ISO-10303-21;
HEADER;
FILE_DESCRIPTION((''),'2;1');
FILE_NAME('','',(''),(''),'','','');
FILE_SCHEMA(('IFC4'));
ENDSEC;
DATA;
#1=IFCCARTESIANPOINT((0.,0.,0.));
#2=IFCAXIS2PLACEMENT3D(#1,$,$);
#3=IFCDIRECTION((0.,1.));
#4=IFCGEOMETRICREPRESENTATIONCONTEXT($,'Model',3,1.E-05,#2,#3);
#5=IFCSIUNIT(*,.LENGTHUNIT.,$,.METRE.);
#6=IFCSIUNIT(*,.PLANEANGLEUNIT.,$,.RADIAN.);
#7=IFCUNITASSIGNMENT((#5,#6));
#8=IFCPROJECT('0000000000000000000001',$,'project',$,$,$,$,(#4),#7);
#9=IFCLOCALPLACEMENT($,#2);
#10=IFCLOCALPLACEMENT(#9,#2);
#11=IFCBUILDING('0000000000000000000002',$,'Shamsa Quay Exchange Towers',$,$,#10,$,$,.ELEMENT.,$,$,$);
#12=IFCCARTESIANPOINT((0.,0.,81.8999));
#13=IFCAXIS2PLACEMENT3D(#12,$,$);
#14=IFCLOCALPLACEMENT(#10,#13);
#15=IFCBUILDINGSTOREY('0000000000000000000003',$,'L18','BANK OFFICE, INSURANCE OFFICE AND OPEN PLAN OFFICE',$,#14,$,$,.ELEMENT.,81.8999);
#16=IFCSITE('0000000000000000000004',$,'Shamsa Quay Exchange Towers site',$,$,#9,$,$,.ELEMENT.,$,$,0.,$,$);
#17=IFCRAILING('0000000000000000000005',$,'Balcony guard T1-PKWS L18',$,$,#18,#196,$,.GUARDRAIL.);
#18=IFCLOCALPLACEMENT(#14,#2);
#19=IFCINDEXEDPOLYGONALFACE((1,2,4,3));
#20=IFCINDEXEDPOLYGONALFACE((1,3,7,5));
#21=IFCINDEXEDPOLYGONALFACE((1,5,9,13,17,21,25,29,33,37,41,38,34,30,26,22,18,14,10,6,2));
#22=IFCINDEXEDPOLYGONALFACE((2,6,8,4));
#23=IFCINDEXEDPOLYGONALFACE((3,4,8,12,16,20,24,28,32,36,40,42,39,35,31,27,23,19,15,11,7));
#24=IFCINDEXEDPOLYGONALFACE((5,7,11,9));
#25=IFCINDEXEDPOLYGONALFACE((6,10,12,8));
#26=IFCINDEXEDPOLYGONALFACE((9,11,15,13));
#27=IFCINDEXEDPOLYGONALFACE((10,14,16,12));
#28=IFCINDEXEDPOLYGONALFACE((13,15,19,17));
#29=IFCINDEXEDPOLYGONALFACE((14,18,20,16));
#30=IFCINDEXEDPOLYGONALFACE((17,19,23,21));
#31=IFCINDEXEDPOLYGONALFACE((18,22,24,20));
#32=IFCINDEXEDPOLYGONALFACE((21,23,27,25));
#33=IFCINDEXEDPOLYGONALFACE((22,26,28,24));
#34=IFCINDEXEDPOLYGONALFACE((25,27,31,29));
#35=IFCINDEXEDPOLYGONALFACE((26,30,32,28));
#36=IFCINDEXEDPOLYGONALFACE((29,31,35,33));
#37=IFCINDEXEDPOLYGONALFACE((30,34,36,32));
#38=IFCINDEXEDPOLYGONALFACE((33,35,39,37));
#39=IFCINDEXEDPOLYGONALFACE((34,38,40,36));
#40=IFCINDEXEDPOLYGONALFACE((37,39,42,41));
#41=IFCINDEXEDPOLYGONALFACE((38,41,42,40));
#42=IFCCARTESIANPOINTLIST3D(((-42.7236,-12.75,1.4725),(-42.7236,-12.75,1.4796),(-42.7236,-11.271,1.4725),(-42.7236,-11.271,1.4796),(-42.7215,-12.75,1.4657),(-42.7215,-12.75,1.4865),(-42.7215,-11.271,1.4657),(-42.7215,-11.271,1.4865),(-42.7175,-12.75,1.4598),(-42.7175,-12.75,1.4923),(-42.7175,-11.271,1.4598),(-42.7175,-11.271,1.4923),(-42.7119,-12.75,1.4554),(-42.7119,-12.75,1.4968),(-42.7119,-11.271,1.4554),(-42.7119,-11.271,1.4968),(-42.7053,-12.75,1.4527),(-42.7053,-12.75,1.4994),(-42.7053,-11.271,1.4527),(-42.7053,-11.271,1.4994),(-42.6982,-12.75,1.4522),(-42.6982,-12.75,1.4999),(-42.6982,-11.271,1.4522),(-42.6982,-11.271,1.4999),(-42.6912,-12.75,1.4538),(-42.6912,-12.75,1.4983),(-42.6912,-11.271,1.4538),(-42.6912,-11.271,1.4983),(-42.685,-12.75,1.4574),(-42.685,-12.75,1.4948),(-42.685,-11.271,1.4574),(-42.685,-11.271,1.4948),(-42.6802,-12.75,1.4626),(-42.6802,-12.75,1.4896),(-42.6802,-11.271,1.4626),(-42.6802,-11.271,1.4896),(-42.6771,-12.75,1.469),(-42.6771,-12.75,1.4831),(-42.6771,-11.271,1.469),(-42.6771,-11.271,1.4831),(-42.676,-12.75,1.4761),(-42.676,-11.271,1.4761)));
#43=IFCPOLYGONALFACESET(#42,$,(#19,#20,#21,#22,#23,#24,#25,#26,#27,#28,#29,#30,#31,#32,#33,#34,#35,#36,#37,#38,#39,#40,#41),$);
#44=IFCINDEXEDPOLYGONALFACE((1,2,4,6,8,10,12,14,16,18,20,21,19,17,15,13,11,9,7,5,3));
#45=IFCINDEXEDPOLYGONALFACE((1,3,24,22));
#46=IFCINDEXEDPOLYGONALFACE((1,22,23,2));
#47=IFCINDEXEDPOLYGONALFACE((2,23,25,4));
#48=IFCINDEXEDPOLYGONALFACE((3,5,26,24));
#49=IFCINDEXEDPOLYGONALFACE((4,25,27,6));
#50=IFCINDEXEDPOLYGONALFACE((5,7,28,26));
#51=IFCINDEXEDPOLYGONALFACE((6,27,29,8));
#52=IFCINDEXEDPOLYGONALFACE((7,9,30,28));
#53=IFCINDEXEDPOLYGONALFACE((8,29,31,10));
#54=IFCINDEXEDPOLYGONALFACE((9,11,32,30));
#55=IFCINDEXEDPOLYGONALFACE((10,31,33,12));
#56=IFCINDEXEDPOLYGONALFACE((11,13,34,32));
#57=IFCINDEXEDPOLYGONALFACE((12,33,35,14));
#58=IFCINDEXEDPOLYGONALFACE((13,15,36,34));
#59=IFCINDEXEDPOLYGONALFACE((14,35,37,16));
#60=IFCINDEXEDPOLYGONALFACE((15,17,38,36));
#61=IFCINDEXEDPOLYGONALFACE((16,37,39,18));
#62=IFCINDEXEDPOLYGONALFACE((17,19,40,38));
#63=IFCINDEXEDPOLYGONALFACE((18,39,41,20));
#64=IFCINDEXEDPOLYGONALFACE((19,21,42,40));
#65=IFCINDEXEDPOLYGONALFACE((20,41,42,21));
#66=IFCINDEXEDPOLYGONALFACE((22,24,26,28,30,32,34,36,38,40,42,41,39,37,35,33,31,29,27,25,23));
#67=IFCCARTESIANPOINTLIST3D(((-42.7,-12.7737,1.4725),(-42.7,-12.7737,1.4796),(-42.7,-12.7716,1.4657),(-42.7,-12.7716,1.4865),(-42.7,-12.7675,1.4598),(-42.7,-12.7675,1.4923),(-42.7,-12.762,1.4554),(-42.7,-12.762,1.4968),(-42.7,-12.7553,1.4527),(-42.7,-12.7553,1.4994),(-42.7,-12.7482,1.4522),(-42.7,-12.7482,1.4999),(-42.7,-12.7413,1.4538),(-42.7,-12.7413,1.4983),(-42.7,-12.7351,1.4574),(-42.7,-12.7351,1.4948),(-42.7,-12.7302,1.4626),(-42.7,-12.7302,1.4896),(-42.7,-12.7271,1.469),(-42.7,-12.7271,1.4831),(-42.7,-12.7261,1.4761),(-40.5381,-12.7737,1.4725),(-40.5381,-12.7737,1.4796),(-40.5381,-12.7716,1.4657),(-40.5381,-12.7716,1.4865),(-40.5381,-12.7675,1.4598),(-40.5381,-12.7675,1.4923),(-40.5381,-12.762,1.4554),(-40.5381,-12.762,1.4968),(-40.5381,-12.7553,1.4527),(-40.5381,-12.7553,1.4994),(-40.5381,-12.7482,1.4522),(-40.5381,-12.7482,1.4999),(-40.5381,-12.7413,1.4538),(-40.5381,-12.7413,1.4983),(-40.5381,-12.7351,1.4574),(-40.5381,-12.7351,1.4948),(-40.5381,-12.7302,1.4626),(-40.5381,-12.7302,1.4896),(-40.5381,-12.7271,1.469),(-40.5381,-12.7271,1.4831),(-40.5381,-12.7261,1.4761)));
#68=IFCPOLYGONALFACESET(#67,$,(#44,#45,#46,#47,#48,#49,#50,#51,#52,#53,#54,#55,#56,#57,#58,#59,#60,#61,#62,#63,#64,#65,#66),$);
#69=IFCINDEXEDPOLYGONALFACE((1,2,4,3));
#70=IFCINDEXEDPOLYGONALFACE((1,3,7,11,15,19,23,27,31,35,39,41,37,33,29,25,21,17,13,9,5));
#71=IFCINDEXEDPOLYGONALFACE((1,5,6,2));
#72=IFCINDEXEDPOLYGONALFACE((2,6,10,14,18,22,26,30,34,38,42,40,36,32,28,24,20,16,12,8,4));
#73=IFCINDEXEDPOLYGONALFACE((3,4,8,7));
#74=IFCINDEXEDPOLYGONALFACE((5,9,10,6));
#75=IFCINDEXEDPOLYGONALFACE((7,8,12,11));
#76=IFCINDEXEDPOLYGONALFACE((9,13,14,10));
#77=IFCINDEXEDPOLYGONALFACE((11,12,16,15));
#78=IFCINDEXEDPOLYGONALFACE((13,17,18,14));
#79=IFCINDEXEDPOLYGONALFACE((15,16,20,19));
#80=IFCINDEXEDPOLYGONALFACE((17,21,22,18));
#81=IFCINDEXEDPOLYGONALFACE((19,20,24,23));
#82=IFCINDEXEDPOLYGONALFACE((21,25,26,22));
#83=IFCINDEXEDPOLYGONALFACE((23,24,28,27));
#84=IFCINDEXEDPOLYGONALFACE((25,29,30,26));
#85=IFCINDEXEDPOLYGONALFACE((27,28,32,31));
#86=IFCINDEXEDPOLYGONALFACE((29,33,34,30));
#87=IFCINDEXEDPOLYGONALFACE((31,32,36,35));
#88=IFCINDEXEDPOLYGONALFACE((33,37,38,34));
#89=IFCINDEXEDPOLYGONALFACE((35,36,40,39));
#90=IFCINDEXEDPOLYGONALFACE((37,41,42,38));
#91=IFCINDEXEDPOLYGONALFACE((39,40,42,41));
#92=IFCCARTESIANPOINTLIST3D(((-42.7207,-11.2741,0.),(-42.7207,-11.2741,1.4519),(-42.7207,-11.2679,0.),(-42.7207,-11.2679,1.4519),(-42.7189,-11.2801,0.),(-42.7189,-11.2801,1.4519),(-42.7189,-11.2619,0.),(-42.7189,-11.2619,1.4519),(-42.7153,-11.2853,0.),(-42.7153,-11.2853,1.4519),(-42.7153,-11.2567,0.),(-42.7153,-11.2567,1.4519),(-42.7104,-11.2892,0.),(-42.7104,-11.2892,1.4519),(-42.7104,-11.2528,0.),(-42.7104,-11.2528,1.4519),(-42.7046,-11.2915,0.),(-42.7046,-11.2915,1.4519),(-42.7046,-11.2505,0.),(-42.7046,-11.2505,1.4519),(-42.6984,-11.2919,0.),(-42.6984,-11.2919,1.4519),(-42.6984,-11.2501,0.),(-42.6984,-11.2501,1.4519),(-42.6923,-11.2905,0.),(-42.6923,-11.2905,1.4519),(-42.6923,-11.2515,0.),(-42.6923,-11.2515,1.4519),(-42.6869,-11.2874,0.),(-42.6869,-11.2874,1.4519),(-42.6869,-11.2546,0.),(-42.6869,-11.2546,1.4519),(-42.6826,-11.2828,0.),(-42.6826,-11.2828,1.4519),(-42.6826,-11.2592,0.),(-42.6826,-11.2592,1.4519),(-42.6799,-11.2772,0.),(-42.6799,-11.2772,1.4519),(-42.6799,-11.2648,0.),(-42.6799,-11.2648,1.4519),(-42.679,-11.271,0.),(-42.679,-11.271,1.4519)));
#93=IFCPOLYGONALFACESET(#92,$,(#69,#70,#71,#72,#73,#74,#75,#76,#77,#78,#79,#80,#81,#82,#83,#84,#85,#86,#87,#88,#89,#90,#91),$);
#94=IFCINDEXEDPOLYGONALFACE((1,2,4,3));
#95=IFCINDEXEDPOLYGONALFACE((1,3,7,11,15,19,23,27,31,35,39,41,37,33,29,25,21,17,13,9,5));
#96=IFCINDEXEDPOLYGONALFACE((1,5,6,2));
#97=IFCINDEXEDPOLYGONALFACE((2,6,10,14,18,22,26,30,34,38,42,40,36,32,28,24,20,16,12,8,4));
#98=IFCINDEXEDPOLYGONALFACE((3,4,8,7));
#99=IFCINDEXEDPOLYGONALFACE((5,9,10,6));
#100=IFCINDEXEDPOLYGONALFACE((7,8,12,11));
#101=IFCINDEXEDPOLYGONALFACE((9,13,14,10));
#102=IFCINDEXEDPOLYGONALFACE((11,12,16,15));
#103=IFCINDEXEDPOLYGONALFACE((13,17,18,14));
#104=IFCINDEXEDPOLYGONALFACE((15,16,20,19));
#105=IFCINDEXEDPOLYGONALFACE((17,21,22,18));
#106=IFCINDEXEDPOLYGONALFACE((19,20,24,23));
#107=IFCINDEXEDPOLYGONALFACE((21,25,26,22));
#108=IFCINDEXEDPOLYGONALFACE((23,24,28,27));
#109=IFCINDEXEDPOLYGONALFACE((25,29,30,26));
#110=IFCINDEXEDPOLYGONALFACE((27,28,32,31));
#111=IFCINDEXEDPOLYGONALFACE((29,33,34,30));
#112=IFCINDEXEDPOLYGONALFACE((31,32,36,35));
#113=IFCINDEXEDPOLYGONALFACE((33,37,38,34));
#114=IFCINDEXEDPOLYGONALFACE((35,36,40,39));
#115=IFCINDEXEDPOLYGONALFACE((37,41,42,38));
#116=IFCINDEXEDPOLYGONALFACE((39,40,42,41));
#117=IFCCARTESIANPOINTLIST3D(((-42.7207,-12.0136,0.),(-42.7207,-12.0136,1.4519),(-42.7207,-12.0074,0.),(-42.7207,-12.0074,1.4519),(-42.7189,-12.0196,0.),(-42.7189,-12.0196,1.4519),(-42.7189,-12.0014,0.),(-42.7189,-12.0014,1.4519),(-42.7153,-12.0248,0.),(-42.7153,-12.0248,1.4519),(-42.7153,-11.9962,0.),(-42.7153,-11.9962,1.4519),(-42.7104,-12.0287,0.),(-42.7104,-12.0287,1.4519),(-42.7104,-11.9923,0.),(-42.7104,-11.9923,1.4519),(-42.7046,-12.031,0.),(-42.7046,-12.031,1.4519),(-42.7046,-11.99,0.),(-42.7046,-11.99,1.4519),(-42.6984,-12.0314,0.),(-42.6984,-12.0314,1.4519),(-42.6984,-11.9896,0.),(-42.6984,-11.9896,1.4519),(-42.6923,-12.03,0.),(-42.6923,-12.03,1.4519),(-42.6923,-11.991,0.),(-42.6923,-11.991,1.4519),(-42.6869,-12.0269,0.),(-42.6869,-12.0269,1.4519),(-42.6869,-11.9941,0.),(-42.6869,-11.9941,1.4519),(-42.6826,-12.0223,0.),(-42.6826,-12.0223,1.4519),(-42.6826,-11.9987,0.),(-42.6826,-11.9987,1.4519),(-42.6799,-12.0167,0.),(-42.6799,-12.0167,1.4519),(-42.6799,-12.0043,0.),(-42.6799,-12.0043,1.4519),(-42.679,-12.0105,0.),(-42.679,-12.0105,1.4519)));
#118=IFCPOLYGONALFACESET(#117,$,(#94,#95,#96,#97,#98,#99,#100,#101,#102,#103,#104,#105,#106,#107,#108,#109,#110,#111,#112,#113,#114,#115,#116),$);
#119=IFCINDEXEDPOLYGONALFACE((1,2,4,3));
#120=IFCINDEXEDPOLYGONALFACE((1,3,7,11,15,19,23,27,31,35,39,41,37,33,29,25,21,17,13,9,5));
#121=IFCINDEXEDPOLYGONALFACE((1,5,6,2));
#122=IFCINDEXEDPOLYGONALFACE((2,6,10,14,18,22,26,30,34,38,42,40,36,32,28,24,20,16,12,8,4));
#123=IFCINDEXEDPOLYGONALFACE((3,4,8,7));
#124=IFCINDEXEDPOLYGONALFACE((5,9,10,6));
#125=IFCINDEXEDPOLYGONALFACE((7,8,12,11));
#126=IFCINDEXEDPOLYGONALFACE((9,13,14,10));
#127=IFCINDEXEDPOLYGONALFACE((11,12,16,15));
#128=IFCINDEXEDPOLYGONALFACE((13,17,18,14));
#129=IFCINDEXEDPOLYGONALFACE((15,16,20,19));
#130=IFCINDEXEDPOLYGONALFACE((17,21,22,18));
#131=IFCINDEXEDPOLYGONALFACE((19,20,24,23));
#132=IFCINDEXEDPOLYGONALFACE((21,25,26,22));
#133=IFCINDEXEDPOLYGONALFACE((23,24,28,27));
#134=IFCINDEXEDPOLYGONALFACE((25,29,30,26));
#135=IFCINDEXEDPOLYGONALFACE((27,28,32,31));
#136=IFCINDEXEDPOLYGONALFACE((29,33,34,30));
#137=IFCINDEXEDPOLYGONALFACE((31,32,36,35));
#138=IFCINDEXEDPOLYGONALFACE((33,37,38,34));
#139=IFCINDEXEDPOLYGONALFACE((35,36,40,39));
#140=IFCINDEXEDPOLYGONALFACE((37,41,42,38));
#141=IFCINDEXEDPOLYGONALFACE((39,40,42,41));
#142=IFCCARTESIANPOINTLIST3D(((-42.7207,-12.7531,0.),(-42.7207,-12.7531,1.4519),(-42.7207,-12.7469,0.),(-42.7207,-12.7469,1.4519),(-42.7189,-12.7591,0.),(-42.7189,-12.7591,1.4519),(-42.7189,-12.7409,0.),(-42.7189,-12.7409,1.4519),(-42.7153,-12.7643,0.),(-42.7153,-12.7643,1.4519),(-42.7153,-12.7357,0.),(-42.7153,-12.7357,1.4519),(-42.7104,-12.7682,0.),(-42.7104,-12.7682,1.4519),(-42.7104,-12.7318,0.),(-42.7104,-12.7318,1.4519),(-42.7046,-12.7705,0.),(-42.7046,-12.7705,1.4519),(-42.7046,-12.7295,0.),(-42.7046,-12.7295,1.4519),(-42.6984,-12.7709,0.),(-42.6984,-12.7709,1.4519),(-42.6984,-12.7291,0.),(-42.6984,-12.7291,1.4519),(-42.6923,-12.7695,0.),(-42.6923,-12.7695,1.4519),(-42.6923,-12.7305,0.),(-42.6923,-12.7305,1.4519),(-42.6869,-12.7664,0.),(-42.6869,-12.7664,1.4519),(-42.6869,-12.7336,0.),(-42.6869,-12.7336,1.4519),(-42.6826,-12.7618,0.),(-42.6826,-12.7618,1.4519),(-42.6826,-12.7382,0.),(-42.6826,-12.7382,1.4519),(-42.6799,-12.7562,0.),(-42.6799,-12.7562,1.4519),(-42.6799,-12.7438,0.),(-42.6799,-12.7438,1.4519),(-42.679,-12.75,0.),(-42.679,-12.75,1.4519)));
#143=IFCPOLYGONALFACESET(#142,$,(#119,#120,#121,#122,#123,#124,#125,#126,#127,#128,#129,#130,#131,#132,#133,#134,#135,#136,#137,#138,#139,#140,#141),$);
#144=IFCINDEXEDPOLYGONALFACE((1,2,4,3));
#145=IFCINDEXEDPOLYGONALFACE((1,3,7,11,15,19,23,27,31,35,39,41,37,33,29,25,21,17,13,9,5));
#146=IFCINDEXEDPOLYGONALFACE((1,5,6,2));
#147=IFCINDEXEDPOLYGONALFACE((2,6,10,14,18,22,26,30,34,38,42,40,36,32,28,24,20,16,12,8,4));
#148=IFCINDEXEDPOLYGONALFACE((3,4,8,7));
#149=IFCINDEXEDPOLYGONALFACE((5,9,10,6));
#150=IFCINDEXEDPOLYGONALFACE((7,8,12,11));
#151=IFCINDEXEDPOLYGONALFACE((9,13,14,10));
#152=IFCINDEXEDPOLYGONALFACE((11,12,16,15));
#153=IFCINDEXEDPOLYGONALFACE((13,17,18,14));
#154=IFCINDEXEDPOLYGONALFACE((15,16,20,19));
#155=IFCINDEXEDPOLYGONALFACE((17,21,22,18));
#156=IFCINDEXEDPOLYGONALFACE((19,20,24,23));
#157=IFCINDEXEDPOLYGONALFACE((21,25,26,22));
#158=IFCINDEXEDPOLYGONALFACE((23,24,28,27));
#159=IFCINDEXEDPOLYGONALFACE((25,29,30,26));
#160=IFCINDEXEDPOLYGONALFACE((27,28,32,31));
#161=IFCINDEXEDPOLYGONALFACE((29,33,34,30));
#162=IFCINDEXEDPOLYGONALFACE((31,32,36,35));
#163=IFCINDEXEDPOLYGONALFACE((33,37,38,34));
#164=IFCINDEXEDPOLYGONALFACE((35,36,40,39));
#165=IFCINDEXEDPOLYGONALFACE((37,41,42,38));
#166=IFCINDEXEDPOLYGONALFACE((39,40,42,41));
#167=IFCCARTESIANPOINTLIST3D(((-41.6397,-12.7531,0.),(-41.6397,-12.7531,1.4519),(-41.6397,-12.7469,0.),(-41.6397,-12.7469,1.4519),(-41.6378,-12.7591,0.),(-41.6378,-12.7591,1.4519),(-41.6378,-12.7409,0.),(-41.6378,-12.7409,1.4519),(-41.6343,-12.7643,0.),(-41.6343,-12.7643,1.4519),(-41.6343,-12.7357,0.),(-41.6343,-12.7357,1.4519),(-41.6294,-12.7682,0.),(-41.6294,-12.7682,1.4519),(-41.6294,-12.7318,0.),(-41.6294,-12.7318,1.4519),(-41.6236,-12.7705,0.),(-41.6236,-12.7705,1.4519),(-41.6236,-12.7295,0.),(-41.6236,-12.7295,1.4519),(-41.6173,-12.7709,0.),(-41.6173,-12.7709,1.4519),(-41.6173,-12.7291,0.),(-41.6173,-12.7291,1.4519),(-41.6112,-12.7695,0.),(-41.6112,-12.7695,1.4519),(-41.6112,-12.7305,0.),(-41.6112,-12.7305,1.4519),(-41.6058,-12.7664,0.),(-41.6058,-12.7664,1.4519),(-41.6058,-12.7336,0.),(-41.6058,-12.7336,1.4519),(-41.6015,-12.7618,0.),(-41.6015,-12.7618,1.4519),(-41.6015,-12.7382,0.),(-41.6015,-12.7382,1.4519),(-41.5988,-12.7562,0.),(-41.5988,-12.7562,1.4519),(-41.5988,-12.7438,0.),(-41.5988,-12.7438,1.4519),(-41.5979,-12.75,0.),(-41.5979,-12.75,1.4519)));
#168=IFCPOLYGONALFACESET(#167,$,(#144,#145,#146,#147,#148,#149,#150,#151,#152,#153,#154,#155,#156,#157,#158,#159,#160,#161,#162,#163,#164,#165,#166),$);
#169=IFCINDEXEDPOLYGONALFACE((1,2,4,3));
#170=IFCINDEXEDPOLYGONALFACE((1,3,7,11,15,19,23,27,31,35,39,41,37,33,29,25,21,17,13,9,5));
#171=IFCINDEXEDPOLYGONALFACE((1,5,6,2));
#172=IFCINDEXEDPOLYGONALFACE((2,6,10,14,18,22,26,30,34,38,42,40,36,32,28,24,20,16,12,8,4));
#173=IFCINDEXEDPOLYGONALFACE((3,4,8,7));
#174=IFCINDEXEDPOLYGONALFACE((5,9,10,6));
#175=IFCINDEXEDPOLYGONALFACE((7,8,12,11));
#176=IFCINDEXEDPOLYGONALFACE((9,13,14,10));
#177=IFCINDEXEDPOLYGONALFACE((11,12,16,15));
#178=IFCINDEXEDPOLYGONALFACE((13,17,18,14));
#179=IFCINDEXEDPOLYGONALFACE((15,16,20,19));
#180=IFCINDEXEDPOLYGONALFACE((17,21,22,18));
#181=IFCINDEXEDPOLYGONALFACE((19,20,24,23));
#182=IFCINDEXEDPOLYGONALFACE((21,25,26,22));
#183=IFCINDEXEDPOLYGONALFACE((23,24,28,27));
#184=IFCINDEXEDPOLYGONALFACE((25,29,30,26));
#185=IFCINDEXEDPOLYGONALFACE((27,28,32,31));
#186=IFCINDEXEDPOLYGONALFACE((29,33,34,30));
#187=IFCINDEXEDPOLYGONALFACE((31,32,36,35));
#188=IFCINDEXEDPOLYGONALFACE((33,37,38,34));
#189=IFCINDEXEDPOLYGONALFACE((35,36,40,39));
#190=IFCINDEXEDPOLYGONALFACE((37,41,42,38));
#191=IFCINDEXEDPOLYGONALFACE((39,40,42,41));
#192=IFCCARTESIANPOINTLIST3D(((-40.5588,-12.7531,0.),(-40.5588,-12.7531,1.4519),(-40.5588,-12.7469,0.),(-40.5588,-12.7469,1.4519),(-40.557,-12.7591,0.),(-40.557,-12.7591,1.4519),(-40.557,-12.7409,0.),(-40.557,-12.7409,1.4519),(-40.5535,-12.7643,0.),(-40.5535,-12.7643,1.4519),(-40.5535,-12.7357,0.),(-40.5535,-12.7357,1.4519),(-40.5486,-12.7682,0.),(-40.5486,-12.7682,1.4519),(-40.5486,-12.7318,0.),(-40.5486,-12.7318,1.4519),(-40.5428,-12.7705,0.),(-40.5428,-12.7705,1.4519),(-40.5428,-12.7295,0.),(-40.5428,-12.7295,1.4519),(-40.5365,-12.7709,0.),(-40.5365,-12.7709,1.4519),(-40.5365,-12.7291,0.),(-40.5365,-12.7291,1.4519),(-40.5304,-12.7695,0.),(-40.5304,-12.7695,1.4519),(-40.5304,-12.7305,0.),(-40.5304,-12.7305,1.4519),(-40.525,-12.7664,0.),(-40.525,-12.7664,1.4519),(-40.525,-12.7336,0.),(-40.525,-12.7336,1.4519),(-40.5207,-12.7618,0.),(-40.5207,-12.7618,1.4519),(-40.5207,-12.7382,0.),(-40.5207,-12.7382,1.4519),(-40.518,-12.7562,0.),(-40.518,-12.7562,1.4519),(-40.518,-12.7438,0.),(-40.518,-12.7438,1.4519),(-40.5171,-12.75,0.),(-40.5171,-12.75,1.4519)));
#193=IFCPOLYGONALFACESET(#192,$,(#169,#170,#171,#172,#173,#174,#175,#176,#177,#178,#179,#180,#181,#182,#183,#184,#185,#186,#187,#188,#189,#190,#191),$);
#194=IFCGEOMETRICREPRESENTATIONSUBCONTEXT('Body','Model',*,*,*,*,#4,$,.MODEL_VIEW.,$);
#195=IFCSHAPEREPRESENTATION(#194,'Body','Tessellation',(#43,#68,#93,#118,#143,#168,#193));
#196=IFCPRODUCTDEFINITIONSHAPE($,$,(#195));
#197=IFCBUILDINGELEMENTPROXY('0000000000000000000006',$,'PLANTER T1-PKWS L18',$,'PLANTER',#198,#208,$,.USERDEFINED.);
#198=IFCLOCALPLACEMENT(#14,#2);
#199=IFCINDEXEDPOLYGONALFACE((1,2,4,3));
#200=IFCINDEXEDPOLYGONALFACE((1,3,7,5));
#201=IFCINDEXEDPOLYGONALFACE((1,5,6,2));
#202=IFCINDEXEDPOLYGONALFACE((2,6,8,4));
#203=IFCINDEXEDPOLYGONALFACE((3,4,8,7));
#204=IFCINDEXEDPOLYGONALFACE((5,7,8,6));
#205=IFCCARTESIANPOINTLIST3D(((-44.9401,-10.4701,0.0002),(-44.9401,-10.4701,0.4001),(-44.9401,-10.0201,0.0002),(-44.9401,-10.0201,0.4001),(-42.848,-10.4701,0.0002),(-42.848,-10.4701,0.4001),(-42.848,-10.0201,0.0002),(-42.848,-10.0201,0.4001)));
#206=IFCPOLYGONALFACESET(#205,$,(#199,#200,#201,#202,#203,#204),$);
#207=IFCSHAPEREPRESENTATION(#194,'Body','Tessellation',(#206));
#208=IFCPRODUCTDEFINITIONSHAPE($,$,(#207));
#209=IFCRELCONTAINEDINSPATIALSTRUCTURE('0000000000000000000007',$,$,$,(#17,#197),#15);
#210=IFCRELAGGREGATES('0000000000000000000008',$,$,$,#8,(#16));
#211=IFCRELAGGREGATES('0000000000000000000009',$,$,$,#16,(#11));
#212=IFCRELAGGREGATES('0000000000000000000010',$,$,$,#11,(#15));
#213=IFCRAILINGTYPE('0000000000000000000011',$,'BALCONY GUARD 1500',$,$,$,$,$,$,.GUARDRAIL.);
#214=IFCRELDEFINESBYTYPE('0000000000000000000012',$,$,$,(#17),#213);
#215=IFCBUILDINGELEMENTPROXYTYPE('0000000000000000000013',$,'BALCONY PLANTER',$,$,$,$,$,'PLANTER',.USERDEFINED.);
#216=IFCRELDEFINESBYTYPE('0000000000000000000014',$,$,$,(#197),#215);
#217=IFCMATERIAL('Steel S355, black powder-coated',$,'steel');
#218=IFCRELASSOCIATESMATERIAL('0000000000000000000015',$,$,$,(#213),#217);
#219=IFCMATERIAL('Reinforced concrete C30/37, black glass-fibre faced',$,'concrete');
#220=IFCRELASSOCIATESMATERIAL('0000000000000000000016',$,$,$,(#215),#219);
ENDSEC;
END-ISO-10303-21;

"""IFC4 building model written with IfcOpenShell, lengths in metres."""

from ifc_helpers import new_model, si_unit, direction, frame, origin, origin_2d, place, context, subcontext, project, spatial, rectangle, circle, extrude, material, type_object, element, save


model = new_model("IFC4")

# Units and contexts
model_context = context("Model", 3, precision=1e-05, world=origin(), true_north=direction((0.0, 1.0)))
body_context = subcontext(model_context, "Body", "Model", "MODEL_VIEW")
ifc_project = project(units=[si_unit("LENGTHUNIT", "METRE"), si_unit("PLANEANGLEUNIT", "RADIAN")], contexts=[model_context])

# Site, building, storey
site_placement = place(None, origin())
site = spatial("IfcSite", under=ifc_project, at=site_placement, Name="Shamsa Quay Exchange Towers site", CompositionType="ELEMENT", RefElevation=0.0)
building_placement = place(site_placement, origin())
building = spatial("IfcBuilding", under=site, at=building_placement, Name="Shamsa Quay Exchange Towers", CompositionType="ELEMENT")
storey_placement = place(building_placement, frame((0.0, 0.0, 81.8999)))
storey = spatial("IfcBuildingStorey", under=building, at=storey_placement, Name="L18", Description="BANK OFFICE, INSURANCE OFFICE AND OPEN PLAN OFFICE", CompositionType="ELEMENT", Elevation=81.8999)

# Railing
ifc_material_1 = material(Name="Steel S355, black powder-coated", Category="steel")
railing_type_1 = type_object("IfcRailingType", Name="BALCONY GUARD 1500", PredefinedType="GUARDRAIL", material=ifc_material_1)
for number, where, name in (
    (1, (-42.7, -11.271, 0.0), "Balcony guard T1-PKWS L18"),
):
    element("IfcRailing", number, at=place(storey_placement, frame(where)), inside=storey, type_object=railing_type_1, Name=name, PredefinedType="GUARDRAIL", context=body_context, shape_type="SweptSolid", body=[
        extrude(circle(Radius=0.0239, at=origin_2d()), frame((0.0, 0.0, 1.4761), z_axis=(0.0, -1.0, 0.0), x_axis=(1.0, 0.0, 0.0)), (0.0, 0.0, 1.0), 1.479),
        extrude(circle(Radius=0.0239, at=origin_2d()), frame((0.0, -1.479, 1.4761), z_axis=(1.0, 0.0, 0.0), x_axis=(0.0, 1.0, 0.0)), (0.0, 0.0, 1.0), 2.1619),
        extrude(circle(Radius=0.021, at=origin_2d()), origin(), (0.0, 0.0, 1.0), 1.4519),
        extrude(circle(Radius=0.021, at=origin_2d()), frame((0.0, -0.7395, 0.0)), (0.0, 0.0, 1.0), 1.4519),
        extrude(circle(Radius=0.021, at=origin_2d()), frame((0.0, -1.479, 0.0)), (0.0, 0.0, 1.0), 1.4519),
        extrude(circle(Radius=0.021, at=origin_2d()), frame((1.0811, -1.479, 0.0)), (0.0, 0.0, 1.0), 1.4519),
        extrude(circle(Radius=0.021, at=origin_2d()), frame((2.1619, -1.479, 0.0)), (0.0, 0.0, 1.0), 1.4519),
    ])

# Building element proxy
ifc_material_2 = material(Name="Reinforced concrete C30/37, black glass-fibre faced", Category="concrete")
building_element_proxy_type = type_object("IfcBuildingElementProxyType", Name="BALCONY PLANTER", ElementType="PLANTER", PredefinedType="USERDEFINED", material=ifc_material_2)
proxy_placement = place(storey_placement, frame((-43.894, -10.2451, 0.0002)))
element("IfcBuildingElementProxy", 2, at=proxy_placement, inside=storey, type_object=building_element_proxy_type, Name="PLANTER T1-PKWS L18", ObjectType="PLANTER", PredefinedType="USERDEFINED", context=body_context, shape_type="SweptSolid", body=[
    extrude(rectangle(XDim=2.092, YDim=0.45, at=origin_2d()), origin(), (0.0, 0.0, 1.0), 0.3999),
])

save(model, "model.ifc")
